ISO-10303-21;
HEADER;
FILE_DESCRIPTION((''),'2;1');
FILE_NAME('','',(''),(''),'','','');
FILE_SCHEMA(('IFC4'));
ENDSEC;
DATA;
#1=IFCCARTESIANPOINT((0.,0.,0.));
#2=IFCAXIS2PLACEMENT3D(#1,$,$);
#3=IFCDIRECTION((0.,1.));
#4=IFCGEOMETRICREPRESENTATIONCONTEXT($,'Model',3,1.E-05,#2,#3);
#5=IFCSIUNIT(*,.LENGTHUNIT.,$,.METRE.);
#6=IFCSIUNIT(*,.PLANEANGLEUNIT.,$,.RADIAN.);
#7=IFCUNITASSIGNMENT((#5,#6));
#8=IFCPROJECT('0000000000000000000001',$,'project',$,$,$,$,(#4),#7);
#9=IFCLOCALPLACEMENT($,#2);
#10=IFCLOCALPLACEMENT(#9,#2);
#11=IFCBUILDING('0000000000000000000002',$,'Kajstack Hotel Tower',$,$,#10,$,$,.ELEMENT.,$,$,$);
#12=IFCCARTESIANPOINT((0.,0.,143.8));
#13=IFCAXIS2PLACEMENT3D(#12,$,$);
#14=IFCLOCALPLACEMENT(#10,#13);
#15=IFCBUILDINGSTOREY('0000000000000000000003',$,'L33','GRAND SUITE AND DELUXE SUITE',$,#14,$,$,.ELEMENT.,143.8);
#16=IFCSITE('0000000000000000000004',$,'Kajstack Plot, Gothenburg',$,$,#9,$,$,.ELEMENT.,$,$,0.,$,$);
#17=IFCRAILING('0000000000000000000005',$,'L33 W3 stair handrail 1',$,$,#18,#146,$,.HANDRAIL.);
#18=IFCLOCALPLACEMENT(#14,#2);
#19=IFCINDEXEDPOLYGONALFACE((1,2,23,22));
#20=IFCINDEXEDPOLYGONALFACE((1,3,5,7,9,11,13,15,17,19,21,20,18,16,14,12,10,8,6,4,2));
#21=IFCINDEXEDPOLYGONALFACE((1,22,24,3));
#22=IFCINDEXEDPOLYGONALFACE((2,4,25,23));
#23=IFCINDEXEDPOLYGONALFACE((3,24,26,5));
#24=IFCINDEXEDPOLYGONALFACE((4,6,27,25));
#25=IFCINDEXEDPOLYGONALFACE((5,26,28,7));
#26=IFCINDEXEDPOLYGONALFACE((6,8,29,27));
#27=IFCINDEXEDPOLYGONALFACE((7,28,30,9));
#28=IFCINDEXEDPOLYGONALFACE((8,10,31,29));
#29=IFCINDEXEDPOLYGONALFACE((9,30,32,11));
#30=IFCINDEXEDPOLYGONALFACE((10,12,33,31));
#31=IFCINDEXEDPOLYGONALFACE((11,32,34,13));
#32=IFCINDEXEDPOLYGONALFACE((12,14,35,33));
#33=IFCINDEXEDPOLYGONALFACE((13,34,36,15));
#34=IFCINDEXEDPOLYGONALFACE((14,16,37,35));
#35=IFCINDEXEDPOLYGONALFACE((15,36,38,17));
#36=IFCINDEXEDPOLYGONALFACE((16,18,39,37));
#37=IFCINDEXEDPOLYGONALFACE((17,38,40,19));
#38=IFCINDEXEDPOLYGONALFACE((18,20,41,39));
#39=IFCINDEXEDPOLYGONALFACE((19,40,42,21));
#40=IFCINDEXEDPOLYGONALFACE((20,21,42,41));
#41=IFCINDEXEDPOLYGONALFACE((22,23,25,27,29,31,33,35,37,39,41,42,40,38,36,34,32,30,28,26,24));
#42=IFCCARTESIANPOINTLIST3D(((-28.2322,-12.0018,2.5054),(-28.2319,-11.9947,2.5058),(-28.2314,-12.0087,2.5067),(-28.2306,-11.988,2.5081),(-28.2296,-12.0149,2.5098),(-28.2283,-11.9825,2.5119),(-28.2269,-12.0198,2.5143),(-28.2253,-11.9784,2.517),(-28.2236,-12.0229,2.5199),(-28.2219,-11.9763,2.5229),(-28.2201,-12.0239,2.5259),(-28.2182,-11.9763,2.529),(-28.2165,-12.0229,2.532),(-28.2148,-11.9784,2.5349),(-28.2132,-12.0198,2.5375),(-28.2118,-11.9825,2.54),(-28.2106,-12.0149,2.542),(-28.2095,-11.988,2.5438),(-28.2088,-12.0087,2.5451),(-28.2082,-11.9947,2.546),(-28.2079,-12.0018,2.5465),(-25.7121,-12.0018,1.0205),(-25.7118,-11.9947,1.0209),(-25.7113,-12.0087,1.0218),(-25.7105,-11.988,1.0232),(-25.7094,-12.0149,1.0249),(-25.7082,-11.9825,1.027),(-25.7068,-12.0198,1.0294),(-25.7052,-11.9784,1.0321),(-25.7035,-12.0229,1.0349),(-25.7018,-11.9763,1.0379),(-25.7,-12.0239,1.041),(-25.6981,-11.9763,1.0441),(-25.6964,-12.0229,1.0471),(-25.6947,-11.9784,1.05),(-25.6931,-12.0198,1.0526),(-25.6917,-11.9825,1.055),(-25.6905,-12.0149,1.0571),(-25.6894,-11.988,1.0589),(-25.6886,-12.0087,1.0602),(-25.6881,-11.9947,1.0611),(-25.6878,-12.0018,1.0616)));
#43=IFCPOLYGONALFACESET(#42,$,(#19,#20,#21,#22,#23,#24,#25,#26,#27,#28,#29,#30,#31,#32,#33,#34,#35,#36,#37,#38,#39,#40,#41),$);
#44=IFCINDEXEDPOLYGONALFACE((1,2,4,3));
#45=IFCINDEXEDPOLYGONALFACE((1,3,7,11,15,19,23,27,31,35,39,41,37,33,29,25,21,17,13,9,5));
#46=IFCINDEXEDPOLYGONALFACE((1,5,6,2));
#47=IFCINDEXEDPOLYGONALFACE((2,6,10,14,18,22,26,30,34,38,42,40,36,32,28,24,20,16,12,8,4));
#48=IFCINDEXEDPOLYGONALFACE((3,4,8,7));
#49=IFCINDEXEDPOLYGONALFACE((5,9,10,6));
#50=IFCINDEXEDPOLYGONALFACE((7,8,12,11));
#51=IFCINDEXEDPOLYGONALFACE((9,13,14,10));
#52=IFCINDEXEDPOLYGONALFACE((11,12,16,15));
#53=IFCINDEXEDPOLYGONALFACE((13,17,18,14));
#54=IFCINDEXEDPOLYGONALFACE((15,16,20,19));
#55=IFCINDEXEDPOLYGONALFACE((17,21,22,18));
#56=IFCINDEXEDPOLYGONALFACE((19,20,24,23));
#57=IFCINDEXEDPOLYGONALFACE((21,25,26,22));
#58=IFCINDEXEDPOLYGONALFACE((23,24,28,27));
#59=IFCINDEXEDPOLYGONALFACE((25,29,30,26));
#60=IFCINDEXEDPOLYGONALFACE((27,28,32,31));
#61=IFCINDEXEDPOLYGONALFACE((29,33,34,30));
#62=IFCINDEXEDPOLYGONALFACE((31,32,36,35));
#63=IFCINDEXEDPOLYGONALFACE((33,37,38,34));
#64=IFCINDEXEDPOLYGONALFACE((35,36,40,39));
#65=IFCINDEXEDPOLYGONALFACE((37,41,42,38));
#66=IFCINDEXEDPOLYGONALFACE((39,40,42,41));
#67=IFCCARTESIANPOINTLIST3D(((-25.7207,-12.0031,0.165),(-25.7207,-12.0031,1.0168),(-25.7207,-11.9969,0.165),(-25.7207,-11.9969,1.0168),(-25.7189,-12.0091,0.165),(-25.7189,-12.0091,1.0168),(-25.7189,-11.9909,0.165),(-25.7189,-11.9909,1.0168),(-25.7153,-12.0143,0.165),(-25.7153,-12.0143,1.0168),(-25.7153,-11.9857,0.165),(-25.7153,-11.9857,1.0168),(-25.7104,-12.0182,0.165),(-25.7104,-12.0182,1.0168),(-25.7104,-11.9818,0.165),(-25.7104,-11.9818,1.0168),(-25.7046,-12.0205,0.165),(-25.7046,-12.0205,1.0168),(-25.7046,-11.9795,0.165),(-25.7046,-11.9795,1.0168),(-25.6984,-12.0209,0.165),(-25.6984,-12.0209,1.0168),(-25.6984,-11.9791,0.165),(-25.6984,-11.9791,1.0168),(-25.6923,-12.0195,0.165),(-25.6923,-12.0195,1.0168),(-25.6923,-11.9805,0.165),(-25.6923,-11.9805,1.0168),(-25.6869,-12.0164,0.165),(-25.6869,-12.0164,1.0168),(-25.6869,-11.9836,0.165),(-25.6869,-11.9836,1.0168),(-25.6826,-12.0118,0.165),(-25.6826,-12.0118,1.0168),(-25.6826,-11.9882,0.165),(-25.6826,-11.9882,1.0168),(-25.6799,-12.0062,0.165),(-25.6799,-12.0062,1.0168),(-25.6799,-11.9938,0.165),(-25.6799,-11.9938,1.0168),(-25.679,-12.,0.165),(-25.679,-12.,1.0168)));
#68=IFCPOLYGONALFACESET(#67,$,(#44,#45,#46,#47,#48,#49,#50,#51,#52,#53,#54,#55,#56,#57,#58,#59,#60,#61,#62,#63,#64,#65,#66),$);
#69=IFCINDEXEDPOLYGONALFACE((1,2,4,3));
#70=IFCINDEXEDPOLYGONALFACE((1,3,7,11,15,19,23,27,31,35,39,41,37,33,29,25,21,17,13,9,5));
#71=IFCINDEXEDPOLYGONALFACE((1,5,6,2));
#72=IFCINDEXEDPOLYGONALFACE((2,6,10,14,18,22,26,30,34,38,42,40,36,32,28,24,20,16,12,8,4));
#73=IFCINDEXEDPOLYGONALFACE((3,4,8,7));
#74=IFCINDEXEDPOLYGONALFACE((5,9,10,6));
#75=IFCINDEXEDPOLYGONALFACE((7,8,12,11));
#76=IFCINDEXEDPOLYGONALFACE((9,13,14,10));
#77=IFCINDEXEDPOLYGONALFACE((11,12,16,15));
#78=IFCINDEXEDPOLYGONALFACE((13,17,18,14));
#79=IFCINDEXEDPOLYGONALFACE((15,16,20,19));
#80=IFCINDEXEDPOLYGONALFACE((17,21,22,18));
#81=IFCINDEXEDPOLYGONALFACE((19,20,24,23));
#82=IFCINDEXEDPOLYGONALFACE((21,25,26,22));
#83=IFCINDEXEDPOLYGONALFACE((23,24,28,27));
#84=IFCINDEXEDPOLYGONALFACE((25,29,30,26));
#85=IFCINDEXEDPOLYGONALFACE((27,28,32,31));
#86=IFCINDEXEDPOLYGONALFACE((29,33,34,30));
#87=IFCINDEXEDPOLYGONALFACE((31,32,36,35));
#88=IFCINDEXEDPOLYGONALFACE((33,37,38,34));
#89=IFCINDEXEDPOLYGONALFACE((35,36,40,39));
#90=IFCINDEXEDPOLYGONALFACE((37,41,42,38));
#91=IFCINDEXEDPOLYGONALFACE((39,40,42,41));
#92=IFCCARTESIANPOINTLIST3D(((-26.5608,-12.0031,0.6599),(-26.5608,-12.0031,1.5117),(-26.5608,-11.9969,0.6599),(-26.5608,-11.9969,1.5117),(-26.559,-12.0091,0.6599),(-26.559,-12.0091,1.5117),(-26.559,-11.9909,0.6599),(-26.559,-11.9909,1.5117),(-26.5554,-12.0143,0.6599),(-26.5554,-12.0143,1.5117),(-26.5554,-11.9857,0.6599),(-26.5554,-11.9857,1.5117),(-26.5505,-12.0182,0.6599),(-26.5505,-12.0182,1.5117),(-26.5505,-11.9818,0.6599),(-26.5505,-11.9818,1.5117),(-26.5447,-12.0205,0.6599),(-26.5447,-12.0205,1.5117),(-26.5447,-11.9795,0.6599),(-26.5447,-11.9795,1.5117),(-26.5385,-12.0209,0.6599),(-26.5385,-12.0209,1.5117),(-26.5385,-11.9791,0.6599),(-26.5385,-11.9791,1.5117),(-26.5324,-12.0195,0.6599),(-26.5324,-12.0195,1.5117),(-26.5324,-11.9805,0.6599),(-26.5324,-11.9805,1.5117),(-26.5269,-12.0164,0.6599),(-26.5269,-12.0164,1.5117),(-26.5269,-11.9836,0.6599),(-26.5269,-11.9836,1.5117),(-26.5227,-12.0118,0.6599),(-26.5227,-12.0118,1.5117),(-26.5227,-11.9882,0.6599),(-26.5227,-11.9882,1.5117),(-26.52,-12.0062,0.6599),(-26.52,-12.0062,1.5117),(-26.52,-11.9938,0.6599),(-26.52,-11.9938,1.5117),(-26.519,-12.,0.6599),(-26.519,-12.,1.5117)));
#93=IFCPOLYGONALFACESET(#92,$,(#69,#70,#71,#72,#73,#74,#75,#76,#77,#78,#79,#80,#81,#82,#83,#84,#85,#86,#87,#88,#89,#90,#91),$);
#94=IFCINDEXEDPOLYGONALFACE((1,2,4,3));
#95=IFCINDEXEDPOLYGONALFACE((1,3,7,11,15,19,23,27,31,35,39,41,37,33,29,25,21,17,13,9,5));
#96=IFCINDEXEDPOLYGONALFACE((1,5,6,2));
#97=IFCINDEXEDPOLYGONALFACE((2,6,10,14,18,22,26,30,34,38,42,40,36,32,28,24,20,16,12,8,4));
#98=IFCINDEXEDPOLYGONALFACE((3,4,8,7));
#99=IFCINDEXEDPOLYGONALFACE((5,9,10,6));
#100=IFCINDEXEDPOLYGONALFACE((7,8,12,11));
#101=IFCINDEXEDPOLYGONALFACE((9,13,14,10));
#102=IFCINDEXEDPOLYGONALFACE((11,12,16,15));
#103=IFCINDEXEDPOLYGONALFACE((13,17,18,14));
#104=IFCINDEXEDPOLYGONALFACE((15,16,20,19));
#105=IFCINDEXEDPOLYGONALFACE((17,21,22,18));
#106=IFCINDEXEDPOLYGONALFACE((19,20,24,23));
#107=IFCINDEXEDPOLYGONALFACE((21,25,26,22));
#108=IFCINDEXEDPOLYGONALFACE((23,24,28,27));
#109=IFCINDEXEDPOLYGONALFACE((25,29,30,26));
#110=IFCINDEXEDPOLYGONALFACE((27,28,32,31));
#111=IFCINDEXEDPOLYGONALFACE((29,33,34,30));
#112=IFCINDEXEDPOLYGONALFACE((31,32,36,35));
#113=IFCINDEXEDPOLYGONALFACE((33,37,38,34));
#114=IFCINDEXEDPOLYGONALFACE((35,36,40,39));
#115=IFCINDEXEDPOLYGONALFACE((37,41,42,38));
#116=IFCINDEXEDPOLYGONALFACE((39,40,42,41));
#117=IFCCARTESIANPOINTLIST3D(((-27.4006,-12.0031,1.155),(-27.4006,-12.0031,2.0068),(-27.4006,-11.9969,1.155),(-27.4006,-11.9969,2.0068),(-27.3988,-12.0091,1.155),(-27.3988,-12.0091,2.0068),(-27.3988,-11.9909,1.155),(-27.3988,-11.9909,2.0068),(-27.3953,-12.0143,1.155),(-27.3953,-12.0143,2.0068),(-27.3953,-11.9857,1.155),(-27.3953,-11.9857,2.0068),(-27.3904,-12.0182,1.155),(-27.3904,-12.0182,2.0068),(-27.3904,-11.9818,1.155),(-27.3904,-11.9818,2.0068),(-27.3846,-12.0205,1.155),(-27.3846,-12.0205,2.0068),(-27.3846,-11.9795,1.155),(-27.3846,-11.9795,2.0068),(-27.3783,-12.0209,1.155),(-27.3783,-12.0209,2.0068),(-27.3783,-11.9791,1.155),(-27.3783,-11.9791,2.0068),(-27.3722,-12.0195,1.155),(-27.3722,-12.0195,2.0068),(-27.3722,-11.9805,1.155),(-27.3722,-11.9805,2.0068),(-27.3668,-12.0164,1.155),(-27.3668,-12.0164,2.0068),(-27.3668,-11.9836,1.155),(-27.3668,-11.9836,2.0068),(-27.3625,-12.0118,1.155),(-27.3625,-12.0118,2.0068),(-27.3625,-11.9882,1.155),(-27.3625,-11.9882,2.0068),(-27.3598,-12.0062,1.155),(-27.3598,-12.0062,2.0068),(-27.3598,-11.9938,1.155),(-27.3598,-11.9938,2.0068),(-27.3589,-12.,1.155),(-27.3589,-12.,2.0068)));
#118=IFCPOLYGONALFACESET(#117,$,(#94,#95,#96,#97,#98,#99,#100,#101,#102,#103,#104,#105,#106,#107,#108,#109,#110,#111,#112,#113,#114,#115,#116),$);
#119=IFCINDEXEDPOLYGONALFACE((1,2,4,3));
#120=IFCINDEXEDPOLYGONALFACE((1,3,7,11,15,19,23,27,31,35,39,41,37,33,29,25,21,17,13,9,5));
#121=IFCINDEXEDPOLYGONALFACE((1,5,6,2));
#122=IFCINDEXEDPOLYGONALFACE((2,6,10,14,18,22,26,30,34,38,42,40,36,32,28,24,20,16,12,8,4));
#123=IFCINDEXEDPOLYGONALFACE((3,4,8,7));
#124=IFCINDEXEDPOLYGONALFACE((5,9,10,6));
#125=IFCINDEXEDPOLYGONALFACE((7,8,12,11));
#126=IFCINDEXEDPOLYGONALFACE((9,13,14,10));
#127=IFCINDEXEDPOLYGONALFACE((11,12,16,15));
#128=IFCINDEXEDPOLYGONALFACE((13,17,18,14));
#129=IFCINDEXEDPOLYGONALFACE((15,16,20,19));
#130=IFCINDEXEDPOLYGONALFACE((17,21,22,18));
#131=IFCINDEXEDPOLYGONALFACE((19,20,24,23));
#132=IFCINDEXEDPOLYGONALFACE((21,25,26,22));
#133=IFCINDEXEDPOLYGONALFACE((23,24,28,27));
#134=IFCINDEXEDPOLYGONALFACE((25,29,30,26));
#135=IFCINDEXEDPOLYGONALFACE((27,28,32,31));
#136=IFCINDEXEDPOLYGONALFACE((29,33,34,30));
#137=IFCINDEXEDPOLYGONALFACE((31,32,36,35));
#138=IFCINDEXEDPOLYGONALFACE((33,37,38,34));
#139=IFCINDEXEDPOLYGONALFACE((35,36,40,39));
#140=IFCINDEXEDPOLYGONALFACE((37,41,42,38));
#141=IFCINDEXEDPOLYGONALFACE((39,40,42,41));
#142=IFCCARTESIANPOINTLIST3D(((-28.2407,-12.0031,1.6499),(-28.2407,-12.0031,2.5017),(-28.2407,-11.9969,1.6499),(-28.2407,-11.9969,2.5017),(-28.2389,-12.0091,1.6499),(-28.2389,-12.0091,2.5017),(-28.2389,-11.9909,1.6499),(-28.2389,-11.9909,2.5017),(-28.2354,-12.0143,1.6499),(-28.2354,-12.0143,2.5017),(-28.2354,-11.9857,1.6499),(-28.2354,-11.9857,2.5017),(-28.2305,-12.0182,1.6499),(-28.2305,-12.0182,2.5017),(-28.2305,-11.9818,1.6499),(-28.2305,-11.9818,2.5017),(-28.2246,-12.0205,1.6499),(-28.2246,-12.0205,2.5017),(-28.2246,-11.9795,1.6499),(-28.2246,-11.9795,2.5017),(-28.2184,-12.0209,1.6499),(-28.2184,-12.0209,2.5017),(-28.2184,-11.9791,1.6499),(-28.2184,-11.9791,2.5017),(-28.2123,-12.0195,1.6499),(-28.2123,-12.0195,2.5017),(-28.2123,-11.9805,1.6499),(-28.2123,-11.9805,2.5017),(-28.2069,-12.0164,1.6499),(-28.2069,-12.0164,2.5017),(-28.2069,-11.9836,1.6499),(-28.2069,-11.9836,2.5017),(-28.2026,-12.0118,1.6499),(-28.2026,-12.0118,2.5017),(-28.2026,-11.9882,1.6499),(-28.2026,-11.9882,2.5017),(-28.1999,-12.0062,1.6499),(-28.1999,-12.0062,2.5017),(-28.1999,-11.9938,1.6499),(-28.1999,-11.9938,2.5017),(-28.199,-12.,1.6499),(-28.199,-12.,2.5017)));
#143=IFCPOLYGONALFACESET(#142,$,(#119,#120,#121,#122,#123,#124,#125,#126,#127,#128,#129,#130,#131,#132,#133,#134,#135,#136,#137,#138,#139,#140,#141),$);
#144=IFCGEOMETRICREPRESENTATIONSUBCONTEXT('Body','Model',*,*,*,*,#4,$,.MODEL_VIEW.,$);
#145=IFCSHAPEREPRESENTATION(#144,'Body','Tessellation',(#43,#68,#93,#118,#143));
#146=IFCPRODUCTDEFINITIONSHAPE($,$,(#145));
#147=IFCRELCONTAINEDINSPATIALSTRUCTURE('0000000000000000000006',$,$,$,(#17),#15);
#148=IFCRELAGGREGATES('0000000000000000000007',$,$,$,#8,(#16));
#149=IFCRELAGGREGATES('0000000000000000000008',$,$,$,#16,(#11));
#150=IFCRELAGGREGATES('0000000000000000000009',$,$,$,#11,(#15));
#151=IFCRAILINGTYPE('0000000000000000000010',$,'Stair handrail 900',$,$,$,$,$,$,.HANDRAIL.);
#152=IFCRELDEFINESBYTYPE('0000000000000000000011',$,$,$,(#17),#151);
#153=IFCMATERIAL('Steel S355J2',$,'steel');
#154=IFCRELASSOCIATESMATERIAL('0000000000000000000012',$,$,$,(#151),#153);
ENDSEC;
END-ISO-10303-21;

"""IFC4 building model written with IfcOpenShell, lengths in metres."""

from ifc_helpers import new_model, si_unit, direction, frame, origin, origin_2d, place, context, subcontext, project, spatial, circle, extrude, material, type_object, element, save


model = new_model("IFC4")

# Units and contexts
model_context = context("Model", 3, precision=1e-05, world=origin(), true_north=direction((0.0, 1.0)))
body_context = subcontext(model_context, "Body", "Model", "MODEL_VIEW")
ifc_project = project(units=[si_unit("LENGTHUNIT", "METRE"), si_unit("PLANEANGLEUNIT", "RADIAN")], contexts=[model_context])

# Site, building, storey
site_placement = place(None, origin())
site = spatial("IfcSite", under=ifc_project, at=site_placement, Name="Kajstack Plot, Gothenburg", CompositionType="ELEMENT", RefElevation=0.0)
building_placement = place(site_placement, origin())
building = spatial("IfcBuilding", under=site, at=building_placement, Name="Kajstack Hotel Tower", CompositionType="ELEMENT")
storey_placement = place(building_placement, frame((0.0, 0.0, 143.8)))
storey = spatial("IfcBuildingStorey", under=building, at=storey_placement, Name="L33", Description="GRAND SUITE AND DELUXE SUITE", CompositionType="ELEMENT", Elevation=143.8)

# Railing
ifc_material_1 = material(Name="Steel S355J2", Category="steel")
railing_type_1 = type_object("IfcRailingType", Name="Stair handrail 900", PredefinedType="HANDRAIL", material=ifc_material_1)
railing_1_placement = place(storey_placement, frame((-25.7, -12.0, 0.165)))
element("IfcRailing", 1, at=railing_1_placement, inside=storey, type_object=railing_type_1, Name="L33 W3 stair handrail 1", PredefinedType="HANDRAIL", context=body_context, shape_type="SweptSolid", body=[
    extrude(circle(Radius=0.0239, at=origin_2d()), frame((0.0, 0.0, 0.876), z_axis=(-0.861561, 0.0, 0.507655), x_axis=(0.0, -1.0, 0.0)), (0.0, 0.0, 1.0), 2.925),
    extrude(circle(Radius=0.021, at=origin_2d()), origin(), (0.0, 0.0, 1.0), 0.8518),
    extrude(circle(Radius=0.021, at=origin_2d()), frame((-0.8401, 0.0, 0.4949)), (0.0, 0.0, 1.0), 0.8518),
    extrude(circle(Radius=0.021, at=origin_2d()), frame((-1.6799, 0.0, 0.99)), (0.0, 0.0, 1.0), 0.8518),
    extrude(circle(Radius=0.021, at=origin_2d()), frame((-2.52, 0.0, 1.4849)), (0.0, 0.0, 1.0), 0.8518),
])

save(model, "model.ifc")
